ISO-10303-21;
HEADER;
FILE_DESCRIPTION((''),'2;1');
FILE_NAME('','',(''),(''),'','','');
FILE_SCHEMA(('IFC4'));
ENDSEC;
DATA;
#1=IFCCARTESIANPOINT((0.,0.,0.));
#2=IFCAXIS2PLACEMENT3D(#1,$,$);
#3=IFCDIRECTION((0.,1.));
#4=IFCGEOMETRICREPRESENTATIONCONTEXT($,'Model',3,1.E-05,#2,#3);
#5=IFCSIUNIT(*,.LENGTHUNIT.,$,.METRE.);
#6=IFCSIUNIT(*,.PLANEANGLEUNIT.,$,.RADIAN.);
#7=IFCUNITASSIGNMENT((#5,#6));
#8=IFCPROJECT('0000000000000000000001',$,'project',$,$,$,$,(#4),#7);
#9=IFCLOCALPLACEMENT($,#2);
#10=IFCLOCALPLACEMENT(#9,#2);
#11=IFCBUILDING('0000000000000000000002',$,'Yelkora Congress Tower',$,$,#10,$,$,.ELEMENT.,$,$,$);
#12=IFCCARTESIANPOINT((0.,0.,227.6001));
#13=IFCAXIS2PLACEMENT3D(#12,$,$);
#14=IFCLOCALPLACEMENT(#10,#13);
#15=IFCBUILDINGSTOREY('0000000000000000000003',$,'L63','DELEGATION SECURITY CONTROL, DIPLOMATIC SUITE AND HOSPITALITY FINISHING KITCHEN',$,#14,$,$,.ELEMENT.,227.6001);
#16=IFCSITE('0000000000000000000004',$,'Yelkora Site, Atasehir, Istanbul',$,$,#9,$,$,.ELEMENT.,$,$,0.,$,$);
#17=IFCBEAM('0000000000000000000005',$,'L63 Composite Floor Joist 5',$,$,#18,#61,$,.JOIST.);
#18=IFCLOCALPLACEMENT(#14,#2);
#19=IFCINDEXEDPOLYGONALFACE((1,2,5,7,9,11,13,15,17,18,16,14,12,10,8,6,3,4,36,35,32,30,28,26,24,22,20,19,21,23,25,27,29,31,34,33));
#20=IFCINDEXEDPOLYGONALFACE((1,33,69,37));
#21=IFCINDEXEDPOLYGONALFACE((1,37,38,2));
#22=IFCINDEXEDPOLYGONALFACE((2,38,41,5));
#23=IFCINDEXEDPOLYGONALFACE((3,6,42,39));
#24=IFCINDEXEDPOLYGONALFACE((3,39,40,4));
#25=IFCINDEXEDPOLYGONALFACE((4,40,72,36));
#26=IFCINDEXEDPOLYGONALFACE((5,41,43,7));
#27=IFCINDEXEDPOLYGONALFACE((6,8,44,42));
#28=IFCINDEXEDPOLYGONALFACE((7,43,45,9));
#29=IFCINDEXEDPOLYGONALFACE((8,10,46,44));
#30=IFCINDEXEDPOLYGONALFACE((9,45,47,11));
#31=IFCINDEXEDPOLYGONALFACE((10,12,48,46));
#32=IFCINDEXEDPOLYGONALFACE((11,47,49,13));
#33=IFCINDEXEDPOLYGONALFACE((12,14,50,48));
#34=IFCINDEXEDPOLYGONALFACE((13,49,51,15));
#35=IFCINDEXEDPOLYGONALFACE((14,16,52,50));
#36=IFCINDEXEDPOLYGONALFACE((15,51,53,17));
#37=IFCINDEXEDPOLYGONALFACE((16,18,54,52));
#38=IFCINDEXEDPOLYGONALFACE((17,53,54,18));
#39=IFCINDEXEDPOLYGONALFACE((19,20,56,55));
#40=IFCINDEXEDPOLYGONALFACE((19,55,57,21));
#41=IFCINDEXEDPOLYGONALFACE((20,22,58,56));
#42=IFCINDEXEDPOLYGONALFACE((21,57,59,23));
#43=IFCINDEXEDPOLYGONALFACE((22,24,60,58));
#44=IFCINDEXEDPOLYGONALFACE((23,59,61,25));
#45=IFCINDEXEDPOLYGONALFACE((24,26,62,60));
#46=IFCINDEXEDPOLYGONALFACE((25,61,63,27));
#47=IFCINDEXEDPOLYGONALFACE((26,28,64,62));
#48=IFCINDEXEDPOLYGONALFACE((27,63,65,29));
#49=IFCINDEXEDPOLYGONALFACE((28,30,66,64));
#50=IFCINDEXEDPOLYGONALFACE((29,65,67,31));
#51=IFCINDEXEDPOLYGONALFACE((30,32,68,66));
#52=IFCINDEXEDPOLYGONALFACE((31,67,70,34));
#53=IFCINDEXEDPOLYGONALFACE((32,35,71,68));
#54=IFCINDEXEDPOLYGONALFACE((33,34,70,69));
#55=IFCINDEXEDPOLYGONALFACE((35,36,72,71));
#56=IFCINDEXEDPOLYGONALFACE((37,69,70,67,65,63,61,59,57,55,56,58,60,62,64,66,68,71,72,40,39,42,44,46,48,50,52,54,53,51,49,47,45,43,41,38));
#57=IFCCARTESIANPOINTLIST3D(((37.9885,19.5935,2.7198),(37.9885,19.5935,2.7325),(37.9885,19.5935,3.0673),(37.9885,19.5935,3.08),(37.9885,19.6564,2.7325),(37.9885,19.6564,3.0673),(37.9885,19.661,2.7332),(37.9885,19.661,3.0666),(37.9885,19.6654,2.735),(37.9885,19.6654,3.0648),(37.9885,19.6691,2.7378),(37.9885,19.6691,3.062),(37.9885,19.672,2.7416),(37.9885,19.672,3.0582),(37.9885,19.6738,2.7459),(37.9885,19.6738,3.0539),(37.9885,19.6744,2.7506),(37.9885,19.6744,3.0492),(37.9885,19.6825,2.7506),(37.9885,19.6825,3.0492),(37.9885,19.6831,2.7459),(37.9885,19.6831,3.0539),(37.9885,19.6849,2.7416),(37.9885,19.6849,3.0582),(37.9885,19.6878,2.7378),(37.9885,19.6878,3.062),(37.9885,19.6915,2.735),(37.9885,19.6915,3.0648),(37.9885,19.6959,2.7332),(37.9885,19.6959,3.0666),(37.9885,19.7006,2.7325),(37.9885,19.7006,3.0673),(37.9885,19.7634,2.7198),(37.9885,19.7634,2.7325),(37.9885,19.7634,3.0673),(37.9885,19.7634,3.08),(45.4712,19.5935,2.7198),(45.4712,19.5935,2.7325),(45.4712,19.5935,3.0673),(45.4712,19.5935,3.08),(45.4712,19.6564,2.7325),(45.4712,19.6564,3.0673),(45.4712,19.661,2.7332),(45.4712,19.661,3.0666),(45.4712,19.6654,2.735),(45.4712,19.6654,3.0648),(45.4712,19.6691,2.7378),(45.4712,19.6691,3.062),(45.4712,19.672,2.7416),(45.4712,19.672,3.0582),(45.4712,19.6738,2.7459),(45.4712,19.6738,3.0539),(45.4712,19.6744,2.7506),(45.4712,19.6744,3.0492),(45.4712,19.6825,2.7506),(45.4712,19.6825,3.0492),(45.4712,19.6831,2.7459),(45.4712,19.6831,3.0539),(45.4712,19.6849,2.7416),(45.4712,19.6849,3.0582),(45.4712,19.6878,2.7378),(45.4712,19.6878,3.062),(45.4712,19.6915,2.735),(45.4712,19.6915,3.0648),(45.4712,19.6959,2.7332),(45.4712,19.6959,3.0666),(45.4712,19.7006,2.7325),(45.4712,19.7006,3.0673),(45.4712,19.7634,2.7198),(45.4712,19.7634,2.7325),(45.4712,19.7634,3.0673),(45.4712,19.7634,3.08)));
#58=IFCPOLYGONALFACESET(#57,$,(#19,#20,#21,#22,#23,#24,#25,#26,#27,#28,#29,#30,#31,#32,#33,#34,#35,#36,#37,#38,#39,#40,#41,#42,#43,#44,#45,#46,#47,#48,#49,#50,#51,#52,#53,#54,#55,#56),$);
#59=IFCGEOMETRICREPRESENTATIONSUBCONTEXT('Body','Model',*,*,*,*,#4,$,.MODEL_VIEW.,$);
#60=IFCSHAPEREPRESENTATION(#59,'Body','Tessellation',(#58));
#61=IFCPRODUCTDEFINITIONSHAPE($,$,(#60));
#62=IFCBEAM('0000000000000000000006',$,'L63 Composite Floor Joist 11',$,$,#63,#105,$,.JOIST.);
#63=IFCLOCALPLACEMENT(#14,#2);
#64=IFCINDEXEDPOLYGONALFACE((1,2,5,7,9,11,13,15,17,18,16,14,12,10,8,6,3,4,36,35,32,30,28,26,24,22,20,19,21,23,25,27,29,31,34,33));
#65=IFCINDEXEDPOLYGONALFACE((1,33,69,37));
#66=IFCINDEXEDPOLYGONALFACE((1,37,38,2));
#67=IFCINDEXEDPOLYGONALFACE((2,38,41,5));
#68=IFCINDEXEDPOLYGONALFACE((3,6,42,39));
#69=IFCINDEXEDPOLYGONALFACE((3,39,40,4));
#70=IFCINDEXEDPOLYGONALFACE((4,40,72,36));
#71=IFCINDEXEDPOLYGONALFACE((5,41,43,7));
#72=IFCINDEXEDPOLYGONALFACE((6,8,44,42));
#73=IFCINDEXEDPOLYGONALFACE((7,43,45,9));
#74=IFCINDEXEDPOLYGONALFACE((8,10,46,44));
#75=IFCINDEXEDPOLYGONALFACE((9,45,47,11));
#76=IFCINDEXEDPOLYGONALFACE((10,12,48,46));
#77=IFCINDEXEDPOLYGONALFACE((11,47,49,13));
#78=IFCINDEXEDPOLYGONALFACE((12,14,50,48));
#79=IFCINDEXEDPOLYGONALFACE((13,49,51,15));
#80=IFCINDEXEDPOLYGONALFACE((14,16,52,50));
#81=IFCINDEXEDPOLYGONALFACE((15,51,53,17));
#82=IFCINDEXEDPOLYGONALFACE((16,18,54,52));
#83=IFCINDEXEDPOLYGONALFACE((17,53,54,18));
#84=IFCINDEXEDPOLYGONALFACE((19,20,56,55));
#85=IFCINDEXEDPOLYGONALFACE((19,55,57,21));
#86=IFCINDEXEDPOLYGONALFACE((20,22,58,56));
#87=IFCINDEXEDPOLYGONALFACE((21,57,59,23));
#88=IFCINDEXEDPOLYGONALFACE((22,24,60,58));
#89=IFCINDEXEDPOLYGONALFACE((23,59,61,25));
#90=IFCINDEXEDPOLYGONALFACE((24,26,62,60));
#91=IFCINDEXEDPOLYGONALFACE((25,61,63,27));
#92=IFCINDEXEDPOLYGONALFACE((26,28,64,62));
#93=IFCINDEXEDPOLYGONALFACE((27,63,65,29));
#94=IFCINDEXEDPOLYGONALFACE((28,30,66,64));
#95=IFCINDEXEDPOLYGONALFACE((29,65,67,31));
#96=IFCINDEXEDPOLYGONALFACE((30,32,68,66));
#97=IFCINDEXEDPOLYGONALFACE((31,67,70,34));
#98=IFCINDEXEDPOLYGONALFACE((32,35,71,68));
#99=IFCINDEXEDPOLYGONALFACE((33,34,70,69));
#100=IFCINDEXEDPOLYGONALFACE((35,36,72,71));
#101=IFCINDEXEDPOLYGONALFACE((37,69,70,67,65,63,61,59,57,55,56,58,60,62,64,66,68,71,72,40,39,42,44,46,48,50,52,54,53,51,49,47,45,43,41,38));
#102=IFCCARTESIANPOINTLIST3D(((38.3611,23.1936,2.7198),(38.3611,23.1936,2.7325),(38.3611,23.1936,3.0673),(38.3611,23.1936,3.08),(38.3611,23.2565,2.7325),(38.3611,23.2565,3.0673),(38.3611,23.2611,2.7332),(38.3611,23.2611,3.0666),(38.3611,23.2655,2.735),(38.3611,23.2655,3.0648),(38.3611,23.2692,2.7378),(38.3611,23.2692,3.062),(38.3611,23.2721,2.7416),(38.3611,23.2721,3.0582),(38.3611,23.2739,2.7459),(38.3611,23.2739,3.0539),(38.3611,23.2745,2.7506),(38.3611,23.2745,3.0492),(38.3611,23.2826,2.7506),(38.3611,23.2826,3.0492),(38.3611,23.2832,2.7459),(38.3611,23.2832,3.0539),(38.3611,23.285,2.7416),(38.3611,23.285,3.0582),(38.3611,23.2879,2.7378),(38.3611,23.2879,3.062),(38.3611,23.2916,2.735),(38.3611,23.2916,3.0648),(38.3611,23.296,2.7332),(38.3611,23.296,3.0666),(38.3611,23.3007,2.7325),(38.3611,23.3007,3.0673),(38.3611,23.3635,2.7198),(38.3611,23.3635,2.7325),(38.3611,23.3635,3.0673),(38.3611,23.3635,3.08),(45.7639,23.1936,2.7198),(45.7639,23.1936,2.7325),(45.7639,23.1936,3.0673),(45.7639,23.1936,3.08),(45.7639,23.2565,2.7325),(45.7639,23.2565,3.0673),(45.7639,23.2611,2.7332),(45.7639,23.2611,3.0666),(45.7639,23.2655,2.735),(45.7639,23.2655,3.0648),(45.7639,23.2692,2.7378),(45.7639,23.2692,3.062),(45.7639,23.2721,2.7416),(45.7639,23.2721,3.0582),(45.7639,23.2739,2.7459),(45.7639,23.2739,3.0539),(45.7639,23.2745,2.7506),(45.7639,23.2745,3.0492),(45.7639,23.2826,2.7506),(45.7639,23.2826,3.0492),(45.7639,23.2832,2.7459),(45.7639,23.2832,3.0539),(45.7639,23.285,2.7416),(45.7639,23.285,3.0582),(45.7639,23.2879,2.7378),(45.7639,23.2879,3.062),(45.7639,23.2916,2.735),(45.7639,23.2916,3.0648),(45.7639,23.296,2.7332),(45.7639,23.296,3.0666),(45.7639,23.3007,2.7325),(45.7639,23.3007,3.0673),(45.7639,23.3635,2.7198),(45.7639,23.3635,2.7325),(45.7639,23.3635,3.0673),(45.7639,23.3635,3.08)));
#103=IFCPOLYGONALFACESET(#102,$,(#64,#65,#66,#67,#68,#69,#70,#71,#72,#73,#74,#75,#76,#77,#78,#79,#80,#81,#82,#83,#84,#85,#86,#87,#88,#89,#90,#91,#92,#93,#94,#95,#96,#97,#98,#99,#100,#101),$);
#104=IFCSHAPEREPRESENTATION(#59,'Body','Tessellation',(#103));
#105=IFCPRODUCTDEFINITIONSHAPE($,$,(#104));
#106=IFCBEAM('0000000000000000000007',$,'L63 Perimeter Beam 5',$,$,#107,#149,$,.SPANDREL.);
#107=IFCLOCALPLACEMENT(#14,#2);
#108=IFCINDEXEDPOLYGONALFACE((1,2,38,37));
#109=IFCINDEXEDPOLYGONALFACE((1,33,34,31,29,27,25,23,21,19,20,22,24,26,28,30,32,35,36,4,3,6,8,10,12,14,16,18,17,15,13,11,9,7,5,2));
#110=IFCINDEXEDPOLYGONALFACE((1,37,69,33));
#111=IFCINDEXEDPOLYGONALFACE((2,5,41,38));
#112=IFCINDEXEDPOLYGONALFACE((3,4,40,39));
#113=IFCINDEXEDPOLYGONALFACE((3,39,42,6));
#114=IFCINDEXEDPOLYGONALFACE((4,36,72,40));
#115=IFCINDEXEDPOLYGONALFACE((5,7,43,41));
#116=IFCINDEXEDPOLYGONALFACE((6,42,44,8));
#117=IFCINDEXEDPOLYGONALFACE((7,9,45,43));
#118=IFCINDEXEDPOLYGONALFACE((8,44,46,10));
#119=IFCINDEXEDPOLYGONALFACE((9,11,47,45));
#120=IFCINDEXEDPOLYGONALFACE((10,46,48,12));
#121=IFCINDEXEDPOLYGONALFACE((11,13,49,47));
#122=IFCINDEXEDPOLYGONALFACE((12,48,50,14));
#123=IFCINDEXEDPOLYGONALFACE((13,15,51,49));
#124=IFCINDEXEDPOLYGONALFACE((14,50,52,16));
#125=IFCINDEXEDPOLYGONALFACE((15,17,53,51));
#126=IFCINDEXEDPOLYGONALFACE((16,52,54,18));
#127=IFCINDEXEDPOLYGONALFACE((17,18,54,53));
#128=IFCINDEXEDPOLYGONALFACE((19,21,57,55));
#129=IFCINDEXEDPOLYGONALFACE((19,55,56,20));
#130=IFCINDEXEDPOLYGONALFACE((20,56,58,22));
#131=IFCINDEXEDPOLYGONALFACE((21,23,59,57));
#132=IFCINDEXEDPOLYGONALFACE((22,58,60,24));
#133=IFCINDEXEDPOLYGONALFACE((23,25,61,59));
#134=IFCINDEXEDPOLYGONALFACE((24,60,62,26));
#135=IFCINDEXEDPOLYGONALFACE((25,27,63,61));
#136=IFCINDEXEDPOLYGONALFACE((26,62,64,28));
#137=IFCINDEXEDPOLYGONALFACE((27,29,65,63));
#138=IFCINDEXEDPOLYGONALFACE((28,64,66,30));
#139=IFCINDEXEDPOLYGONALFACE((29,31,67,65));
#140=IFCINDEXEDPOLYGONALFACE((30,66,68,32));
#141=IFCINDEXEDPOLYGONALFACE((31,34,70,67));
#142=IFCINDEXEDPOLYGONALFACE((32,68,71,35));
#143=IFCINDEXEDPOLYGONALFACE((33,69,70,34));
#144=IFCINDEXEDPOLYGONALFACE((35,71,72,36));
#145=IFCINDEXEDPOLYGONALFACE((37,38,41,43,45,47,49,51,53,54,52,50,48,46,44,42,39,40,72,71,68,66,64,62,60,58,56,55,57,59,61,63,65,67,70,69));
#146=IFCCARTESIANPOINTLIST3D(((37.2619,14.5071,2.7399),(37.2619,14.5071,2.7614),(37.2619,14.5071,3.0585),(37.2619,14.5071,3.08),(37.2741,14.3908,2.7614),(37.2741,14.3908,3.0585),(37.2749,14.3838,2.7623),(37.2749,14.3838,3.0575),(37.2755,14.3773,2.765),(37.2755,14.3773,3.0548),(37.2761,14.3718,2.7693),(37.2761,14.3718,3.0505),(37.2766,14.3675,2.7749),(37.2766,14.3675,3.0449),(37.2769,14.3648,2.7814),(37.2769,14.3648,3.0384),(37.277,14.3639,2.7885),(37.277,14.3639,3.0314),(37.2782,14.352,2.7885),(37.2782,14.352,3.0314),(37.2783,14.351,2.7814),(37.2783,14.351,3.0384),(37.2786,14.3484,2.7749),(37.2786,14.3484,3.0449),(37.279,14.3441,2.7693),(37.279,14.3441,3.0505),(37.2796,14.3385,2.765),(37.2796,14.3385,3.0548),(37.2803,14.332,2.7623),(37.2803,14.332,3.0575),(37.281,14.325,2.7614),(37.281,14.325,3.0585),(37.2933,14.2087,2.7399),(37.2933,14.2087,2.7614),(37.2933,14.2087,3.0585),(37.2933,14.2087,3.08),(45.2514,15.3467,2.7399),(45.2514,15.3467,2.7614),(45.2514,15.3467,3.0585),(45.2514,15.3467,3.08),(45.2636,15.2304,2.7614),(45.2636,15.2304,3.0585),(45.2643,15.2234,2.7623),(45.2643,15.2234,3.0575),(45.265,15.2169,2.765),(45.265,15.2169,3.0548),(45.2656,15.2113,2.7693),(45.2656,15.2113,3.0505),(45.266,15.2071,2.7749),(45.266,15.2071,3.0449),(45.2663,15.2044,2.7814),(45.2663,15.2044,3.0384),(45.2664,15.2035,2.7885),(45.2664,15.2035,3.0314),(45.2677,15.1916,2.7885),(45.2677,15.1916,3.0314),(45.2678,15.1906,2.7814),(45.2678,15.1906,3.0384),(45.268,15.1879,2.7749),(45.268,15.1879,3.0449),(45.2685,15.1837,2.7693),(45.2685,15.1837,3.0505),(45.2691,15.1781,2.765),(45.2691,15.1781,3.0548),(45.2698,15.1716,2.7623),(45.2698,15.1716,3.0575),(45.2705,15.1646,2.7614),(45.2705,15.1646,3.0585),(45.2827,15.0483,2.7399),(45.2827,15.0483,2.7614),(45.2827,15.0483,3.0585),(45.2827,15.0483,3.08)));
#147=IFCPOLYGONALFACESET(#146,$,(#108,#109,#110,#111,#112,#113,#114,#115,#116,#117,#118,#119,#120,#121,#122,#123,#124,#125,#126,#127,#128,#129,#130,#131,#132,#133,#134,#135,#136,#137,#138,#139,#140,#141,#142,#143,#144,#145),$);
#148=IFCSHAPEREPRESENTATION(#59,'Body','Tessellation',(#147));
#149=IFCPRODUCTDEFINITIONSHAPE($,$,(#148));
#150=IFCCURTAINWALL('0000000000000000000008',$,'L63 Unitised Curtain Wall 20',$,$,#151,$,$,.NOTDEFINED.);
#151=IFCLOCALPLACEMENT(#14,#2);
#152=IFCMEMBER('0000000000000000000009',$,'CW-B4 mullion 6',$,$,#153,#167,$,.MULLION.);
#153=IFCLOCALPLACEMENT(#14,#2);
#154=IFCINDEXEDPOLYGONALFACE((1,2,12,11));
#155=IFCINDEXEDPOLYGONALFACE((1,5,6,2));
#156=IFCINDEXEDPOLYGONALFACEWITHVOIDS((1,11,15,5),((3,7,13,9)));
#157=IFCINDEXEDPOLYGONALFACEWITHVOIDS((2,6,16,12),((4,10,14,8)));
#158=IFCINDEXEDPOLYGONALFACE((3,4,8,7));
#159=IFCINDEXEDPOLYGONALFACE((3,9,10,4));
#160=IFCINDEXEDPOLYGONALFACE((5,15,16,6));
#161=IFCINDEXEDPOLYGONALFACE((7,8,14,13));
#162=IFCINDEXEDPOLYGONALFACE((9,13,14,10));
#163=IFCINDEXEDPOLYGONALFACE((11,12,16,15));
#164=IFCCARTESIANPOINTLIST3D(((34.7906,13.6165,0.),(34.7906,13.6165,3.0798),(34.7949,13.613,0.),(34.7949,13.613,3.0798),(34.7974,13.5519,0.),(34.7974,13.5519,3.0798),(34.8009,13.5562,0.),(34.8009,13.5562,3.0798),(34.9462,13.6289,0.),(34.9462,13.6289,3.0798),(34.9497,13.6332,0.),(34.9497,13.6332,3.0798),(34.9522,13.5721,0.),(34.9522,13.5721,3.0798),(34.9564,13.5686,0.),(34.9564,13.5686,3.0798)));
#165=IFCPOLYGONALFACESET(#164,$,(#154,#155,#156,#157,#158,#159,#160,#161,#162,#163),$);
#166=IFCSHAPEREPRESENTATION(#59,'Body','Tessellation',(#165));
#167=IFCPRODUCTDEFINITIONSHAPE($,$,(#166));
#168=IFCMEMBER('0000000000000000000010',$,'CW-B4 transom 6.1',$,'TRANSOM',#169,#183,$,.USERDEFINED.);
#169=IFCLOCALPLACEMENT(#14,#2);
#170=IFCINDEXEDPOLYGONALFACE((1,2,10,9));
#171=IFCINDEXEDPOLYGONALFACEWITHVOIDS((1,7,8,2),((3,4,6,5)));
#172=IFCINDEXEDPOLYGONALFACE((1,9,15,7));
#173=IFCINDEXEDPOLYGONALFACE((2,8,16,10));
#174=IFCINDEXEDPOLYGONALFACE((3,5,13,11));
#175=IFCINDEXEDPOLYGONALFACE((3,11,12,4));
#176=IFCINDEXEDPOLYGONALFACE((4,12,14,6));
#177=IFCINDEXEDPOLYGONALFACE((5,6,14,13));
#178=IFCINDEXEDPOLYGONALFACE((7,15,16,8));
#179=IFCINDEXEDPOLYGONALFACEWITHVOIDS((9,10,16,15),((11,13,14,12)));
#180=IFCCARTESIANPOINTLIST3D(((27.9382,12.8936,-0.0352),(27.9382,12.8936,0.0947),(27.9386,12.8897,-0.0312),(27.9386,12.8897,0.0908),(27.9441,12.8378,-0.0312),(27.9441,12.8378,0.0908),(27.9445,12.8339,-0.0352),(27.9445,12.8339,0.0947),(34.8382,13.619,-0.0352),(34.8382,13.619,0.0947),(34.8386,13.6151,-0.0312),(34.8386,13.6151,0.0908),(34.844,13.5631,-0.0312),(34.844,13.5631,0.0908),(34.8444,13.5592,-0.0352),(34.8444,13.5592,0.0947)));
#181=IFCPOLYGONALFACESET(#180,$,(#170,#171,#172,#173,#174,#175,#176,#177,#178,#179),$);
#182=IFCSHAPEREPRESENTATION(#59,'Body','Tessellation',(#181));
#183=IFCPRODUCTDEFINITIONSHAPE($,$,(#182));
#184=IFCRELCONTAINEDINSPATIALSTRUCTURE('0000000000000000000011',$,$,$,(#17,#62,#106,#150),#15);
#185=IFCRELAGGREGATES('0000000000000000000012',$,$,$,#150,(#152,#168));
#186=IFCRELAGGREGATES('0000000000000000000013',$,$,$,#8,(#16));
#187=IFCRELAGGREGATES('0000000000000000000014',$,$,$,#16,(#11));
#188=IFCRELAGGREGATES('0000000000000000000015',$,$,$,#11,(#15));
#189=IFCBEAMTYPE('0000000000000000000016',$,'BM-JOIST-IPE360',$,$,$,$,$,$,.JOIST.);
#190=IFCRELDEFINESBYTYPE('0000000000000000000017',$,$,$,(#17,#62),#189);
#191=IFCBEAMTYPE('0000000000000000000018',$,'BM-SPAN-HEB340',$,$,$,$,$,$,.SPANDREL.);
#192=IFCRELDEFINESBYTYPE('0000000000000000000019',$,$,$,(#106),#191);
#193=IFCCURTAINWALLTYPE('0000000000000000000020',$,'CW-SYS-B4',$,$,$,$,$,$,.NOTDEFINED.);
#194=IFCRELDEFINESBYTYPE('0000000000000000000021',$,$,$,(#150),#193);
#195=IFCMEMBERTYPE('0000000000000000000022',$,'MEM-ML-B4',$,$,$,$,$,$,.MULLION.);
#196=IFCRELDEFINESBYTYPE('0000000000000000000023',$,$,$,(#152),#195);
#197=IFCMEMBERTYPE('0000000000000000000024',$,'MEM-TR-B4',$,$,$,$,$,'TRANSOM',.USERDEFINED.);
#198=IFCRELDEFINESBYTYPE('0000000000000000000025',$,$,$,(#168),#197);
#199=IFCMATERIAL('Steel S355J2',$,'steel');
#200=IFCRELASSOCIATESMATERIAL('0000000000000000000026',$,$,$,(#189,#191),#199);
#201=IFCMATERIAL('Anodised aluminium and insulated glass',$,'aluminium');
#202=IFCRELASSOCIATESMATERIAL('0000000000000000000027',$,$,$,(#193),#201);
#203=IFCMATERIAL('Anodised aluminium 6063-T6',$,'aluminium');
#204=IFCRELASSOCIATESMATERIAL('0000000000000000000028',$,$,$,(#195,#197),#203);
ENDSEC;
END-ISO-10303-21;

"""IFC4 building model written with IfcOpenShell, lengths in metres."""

from ifc_helpers import new_model, si_unit, direction, frame, origin, origin_2d, place, context, subcontext, project, spatial, hollow_rectangle, i_section, extrude, material, material_profile, profile_set, type_object, element, aggregate, save


model = new_model("IFC4")

# Units and contexts
model_context = context("Model", 3, precision=1e-05, world=origin(), true_north=direction((0.0, 1.0)))
body_context = subcontext(model_context, "Body", "Model", "MODEL_VIEW")
ifc_project = project(units=[si_unit("LENGTHUNIT", "METRE"), si_unit("PLANEANGLEUNIT", "RADIAN")], contexts=[model_context])

# Site, building, storey
site_placement = place(None, origin())
site = spatial("IfcSite", under=ifc_project, at=site_placement, Name="Yelkora Site, Atasehir, Istanbul", CompositionType="ELEMENT", RefElevation=0.0)
building_placement = place(site_placement, origin())
building = spatial("IfcBuilding", under=site, at=building_placement, Name="Yelkora Congress Tower", CompositionType="ELEMENT")
storey_placement = place(building_placement, frame((0.0, 0.0, 227.6001)))
storey = spatial("IfcBuildingStorey", under=building, at=storey_placement, Name="L63", Description="DELEGATION SECURITY CONTROL, DIPLOMATIC SUITE AND HOSPITALITY FINISHING KITCHEN", CompositionType="ELEMENT", Elevation=227.6001)

# Shared definitions
ifc_material_1 = material(Name="Steel S355J2", Category="steel")

# Beams
ifc_material_profile_1 = material_profile(ifc_material_1, i_section(OverallWidth=0.1699, OverallDepth=0.3601, WebThickness=0.0081, FlangeThickness=0.0127, FilletRadius=0.0181, at=origin_2d()), Name="IPE 360")
ifc_profile_set_1 = profile_set([ifc_material_profile_1], Name="Steel S355J2")
beam_type_1 = type_object("IfcBeamType", Name="BM-JOIST-IPE360", PredefinedType="JOIST", material=ifc_profile_set_1)
beam_1_placement = place(storey_placement, frame((37.9885, 19.6785, 2.8999), z_axis=(1.0, 0.0, 0.0), x_axis=(0.0, 1.0, 0.0)))
element("IfcBeam", 1, at=beam_1_placement, inside=storey, type_object=beam_type_1, Name="L63 Composite Floor Joist 5", PredefinedType="JOIST", context=body_context, shape_type="SweptSolid", body=[
    extrude(i_section(OverallWidth=0.1699, OverallDepth=0.3601, WebThickness=0.0081, FlangeThickness=0.0127, FilletRadius=0.0181, at=origin_2d()), origin(), (0.0, 0.0, 1.0), 7.4827),
])
beam_2_placement = place(storey_placement, frame((38.3611, 23.2786, 2.8999), z_axis=(1.0, 0.0, 0.0), x_axis=(0.0, 1.0, 0.0)))
element("IfcBeam", 2, at=beam_2_placement, inside=storey, type_object=beam_type_1, Name="L63 Composite Floor Joist 11", PredefinedType="JOIST", context=body_context, shape_type="SweptSolid", body=[
    extrude(i_section(OverallWidth=0.1699, OverallDepth=0.3601, WebThickness=0.0081, FlangeThickness=0.0127, FilletRadius=0.0181, at=origin_2d()), origin(), (0.0, 0.0, 1.0), 7.4028),
])
ifc_material_profile_2 = material_profile(ifc_material_1, i_section(OverallWidth=0.3, OverallDepth=0.3401, WebThickness=0.012, FlangeThickness=0.0215, FilletRadius=0.0271, at=origin_2d()), Name="HEB 340")
ifc_profile_set_2 = profile_set([ifc_material_profile_2], Name="Steel S355J2")
beam_type_2 = type_object("IfcBeamType", Name="BM-SPAN-HEB340", PredefinedType="SPANDREL", material=ifc_profile_set_2)
beam_3_placement = place(storey_placement, frame((37.2776, 14.3579, 2.9099), z_axis=(0.994524, 0.104512, 0.0), x_axis=(-0.104512, 0.994524, 0.0)))
element("IfcBeam", 3, at=beam_3_placement, inside=storey, type_object=beam_type_2, Name="L63 Perimeter Beam 5", PredefinedType="SPANDREL", context=body_context, shape_type="SweptSolid", body=[
    extrude(i_section(OverallWidth=0.3, OverallDepth=0.3401, WebThickness=0.012, FlangeThickness=0.0215, FilletRadius=0.0271, at=origin_2d()), origin(), (0.0, 0.0, 1.0), 8.0334),
])

# Curtain wall, members
ifc_material_2 = material(Name="Anodised aluminium and insulated glass", Category="aluminium")
curtain_wall_type = type_object("IfcCurtainWallType", Name="CW-SYS-B4", PredefinedType="NOTDEFINED", material=ifc_material_2)
curtain_wall_placement = place(storey_placement, origin())
curtain_wall = element("IfcCurtainWall", 4, at=curtain_wall_placement, inside=storey, type_object=curtain_wall_type, Name="L63 Unitised Curtain Wall 20", PredefinedType="NOTDEFINED")
ifc_material_3 = material(Name="Anodised aluminium 6063-T6", Category="aluminium")
ifc_material_profile_3 = material_profile(ifc_material_3, hollow_rectangle(XDim=0.0649, YDim=0.1599, WallThickness=0.0039, at=origin_2d()), Name="ALU 65x160x4")
ifc_profile_set_3 = profile_set([ifc_material_profile_3], Name="Anodised aluminium 6063-T6")
member_type_1 = type_object("IfcMemberType", Name="MEM-ML-B4", PredefinedType="MULLION", material=ifc_profile_set_3)
member_1_placement = place(storey_placement, frame((34.8735, 13.5925, 0.0), z_axis=(0.0, 0.0, 1.0), x_axis=(0.104527, -0.994522, 0.0)))
member_1 = element("IfcMember", 5, at=member_1_placement, type_object=member_type_1, Name="CW-B4 mullion 6", PredefinedType="MULLION", context=body_context, shape_type="SweptSolid", body=[
    extrude(hollow_rectangle(XDim=0.0649, YDim=0.1599, WallThickness=0.0039, at=origin_2d()), origin(), (0.0, 0.0, 1.0), 3.0798),
])
ifc_material_profile_4 = material_profile(ifc_material_3, hollow_rectangle(XDim=0.0601, YDim=0.1299, WallThickness=0.0039, at=origin_2d()), Name="ALU 60x130x4")
ifc_profile_set_4 = profile_set([ifc_material_profile_4], Name="Anodised aluminium 6063-T6")
member_type_2 = type_object("IfcMemberType", Name="MEM-TR-B4", ElementType="TRANSOM", PredefinedType="USERDEFINED", material=ifc_profile_set_4)
member_2_placement = place(storey_placement, frame((34.8413, 13.5891, 0.0298), z_axis=(-0.99452, -0.104547, 0.0), x_axis=(0.104547, -0.99452, 0.0)))
member_2 = element("IfcMember", 6, at=member_2_placement, type_object=member_type_2, Name="CW-B4 transom 6.1", ObjectType="TRANSOM", PredefinedType="USERDEFINED", context=body_context, shape_type="SweptSolid", body=[
    extrude(hollow_rectangle(XDim=0.0601, YDim=0.1299, WallThickness=0.0039, at=origin_2d()), origin(), (0.0, 0.0, 1.0), 6.938),
])
aggregate(curtain_wall, [member_1, member_2])

save(model, "model.ifc")
